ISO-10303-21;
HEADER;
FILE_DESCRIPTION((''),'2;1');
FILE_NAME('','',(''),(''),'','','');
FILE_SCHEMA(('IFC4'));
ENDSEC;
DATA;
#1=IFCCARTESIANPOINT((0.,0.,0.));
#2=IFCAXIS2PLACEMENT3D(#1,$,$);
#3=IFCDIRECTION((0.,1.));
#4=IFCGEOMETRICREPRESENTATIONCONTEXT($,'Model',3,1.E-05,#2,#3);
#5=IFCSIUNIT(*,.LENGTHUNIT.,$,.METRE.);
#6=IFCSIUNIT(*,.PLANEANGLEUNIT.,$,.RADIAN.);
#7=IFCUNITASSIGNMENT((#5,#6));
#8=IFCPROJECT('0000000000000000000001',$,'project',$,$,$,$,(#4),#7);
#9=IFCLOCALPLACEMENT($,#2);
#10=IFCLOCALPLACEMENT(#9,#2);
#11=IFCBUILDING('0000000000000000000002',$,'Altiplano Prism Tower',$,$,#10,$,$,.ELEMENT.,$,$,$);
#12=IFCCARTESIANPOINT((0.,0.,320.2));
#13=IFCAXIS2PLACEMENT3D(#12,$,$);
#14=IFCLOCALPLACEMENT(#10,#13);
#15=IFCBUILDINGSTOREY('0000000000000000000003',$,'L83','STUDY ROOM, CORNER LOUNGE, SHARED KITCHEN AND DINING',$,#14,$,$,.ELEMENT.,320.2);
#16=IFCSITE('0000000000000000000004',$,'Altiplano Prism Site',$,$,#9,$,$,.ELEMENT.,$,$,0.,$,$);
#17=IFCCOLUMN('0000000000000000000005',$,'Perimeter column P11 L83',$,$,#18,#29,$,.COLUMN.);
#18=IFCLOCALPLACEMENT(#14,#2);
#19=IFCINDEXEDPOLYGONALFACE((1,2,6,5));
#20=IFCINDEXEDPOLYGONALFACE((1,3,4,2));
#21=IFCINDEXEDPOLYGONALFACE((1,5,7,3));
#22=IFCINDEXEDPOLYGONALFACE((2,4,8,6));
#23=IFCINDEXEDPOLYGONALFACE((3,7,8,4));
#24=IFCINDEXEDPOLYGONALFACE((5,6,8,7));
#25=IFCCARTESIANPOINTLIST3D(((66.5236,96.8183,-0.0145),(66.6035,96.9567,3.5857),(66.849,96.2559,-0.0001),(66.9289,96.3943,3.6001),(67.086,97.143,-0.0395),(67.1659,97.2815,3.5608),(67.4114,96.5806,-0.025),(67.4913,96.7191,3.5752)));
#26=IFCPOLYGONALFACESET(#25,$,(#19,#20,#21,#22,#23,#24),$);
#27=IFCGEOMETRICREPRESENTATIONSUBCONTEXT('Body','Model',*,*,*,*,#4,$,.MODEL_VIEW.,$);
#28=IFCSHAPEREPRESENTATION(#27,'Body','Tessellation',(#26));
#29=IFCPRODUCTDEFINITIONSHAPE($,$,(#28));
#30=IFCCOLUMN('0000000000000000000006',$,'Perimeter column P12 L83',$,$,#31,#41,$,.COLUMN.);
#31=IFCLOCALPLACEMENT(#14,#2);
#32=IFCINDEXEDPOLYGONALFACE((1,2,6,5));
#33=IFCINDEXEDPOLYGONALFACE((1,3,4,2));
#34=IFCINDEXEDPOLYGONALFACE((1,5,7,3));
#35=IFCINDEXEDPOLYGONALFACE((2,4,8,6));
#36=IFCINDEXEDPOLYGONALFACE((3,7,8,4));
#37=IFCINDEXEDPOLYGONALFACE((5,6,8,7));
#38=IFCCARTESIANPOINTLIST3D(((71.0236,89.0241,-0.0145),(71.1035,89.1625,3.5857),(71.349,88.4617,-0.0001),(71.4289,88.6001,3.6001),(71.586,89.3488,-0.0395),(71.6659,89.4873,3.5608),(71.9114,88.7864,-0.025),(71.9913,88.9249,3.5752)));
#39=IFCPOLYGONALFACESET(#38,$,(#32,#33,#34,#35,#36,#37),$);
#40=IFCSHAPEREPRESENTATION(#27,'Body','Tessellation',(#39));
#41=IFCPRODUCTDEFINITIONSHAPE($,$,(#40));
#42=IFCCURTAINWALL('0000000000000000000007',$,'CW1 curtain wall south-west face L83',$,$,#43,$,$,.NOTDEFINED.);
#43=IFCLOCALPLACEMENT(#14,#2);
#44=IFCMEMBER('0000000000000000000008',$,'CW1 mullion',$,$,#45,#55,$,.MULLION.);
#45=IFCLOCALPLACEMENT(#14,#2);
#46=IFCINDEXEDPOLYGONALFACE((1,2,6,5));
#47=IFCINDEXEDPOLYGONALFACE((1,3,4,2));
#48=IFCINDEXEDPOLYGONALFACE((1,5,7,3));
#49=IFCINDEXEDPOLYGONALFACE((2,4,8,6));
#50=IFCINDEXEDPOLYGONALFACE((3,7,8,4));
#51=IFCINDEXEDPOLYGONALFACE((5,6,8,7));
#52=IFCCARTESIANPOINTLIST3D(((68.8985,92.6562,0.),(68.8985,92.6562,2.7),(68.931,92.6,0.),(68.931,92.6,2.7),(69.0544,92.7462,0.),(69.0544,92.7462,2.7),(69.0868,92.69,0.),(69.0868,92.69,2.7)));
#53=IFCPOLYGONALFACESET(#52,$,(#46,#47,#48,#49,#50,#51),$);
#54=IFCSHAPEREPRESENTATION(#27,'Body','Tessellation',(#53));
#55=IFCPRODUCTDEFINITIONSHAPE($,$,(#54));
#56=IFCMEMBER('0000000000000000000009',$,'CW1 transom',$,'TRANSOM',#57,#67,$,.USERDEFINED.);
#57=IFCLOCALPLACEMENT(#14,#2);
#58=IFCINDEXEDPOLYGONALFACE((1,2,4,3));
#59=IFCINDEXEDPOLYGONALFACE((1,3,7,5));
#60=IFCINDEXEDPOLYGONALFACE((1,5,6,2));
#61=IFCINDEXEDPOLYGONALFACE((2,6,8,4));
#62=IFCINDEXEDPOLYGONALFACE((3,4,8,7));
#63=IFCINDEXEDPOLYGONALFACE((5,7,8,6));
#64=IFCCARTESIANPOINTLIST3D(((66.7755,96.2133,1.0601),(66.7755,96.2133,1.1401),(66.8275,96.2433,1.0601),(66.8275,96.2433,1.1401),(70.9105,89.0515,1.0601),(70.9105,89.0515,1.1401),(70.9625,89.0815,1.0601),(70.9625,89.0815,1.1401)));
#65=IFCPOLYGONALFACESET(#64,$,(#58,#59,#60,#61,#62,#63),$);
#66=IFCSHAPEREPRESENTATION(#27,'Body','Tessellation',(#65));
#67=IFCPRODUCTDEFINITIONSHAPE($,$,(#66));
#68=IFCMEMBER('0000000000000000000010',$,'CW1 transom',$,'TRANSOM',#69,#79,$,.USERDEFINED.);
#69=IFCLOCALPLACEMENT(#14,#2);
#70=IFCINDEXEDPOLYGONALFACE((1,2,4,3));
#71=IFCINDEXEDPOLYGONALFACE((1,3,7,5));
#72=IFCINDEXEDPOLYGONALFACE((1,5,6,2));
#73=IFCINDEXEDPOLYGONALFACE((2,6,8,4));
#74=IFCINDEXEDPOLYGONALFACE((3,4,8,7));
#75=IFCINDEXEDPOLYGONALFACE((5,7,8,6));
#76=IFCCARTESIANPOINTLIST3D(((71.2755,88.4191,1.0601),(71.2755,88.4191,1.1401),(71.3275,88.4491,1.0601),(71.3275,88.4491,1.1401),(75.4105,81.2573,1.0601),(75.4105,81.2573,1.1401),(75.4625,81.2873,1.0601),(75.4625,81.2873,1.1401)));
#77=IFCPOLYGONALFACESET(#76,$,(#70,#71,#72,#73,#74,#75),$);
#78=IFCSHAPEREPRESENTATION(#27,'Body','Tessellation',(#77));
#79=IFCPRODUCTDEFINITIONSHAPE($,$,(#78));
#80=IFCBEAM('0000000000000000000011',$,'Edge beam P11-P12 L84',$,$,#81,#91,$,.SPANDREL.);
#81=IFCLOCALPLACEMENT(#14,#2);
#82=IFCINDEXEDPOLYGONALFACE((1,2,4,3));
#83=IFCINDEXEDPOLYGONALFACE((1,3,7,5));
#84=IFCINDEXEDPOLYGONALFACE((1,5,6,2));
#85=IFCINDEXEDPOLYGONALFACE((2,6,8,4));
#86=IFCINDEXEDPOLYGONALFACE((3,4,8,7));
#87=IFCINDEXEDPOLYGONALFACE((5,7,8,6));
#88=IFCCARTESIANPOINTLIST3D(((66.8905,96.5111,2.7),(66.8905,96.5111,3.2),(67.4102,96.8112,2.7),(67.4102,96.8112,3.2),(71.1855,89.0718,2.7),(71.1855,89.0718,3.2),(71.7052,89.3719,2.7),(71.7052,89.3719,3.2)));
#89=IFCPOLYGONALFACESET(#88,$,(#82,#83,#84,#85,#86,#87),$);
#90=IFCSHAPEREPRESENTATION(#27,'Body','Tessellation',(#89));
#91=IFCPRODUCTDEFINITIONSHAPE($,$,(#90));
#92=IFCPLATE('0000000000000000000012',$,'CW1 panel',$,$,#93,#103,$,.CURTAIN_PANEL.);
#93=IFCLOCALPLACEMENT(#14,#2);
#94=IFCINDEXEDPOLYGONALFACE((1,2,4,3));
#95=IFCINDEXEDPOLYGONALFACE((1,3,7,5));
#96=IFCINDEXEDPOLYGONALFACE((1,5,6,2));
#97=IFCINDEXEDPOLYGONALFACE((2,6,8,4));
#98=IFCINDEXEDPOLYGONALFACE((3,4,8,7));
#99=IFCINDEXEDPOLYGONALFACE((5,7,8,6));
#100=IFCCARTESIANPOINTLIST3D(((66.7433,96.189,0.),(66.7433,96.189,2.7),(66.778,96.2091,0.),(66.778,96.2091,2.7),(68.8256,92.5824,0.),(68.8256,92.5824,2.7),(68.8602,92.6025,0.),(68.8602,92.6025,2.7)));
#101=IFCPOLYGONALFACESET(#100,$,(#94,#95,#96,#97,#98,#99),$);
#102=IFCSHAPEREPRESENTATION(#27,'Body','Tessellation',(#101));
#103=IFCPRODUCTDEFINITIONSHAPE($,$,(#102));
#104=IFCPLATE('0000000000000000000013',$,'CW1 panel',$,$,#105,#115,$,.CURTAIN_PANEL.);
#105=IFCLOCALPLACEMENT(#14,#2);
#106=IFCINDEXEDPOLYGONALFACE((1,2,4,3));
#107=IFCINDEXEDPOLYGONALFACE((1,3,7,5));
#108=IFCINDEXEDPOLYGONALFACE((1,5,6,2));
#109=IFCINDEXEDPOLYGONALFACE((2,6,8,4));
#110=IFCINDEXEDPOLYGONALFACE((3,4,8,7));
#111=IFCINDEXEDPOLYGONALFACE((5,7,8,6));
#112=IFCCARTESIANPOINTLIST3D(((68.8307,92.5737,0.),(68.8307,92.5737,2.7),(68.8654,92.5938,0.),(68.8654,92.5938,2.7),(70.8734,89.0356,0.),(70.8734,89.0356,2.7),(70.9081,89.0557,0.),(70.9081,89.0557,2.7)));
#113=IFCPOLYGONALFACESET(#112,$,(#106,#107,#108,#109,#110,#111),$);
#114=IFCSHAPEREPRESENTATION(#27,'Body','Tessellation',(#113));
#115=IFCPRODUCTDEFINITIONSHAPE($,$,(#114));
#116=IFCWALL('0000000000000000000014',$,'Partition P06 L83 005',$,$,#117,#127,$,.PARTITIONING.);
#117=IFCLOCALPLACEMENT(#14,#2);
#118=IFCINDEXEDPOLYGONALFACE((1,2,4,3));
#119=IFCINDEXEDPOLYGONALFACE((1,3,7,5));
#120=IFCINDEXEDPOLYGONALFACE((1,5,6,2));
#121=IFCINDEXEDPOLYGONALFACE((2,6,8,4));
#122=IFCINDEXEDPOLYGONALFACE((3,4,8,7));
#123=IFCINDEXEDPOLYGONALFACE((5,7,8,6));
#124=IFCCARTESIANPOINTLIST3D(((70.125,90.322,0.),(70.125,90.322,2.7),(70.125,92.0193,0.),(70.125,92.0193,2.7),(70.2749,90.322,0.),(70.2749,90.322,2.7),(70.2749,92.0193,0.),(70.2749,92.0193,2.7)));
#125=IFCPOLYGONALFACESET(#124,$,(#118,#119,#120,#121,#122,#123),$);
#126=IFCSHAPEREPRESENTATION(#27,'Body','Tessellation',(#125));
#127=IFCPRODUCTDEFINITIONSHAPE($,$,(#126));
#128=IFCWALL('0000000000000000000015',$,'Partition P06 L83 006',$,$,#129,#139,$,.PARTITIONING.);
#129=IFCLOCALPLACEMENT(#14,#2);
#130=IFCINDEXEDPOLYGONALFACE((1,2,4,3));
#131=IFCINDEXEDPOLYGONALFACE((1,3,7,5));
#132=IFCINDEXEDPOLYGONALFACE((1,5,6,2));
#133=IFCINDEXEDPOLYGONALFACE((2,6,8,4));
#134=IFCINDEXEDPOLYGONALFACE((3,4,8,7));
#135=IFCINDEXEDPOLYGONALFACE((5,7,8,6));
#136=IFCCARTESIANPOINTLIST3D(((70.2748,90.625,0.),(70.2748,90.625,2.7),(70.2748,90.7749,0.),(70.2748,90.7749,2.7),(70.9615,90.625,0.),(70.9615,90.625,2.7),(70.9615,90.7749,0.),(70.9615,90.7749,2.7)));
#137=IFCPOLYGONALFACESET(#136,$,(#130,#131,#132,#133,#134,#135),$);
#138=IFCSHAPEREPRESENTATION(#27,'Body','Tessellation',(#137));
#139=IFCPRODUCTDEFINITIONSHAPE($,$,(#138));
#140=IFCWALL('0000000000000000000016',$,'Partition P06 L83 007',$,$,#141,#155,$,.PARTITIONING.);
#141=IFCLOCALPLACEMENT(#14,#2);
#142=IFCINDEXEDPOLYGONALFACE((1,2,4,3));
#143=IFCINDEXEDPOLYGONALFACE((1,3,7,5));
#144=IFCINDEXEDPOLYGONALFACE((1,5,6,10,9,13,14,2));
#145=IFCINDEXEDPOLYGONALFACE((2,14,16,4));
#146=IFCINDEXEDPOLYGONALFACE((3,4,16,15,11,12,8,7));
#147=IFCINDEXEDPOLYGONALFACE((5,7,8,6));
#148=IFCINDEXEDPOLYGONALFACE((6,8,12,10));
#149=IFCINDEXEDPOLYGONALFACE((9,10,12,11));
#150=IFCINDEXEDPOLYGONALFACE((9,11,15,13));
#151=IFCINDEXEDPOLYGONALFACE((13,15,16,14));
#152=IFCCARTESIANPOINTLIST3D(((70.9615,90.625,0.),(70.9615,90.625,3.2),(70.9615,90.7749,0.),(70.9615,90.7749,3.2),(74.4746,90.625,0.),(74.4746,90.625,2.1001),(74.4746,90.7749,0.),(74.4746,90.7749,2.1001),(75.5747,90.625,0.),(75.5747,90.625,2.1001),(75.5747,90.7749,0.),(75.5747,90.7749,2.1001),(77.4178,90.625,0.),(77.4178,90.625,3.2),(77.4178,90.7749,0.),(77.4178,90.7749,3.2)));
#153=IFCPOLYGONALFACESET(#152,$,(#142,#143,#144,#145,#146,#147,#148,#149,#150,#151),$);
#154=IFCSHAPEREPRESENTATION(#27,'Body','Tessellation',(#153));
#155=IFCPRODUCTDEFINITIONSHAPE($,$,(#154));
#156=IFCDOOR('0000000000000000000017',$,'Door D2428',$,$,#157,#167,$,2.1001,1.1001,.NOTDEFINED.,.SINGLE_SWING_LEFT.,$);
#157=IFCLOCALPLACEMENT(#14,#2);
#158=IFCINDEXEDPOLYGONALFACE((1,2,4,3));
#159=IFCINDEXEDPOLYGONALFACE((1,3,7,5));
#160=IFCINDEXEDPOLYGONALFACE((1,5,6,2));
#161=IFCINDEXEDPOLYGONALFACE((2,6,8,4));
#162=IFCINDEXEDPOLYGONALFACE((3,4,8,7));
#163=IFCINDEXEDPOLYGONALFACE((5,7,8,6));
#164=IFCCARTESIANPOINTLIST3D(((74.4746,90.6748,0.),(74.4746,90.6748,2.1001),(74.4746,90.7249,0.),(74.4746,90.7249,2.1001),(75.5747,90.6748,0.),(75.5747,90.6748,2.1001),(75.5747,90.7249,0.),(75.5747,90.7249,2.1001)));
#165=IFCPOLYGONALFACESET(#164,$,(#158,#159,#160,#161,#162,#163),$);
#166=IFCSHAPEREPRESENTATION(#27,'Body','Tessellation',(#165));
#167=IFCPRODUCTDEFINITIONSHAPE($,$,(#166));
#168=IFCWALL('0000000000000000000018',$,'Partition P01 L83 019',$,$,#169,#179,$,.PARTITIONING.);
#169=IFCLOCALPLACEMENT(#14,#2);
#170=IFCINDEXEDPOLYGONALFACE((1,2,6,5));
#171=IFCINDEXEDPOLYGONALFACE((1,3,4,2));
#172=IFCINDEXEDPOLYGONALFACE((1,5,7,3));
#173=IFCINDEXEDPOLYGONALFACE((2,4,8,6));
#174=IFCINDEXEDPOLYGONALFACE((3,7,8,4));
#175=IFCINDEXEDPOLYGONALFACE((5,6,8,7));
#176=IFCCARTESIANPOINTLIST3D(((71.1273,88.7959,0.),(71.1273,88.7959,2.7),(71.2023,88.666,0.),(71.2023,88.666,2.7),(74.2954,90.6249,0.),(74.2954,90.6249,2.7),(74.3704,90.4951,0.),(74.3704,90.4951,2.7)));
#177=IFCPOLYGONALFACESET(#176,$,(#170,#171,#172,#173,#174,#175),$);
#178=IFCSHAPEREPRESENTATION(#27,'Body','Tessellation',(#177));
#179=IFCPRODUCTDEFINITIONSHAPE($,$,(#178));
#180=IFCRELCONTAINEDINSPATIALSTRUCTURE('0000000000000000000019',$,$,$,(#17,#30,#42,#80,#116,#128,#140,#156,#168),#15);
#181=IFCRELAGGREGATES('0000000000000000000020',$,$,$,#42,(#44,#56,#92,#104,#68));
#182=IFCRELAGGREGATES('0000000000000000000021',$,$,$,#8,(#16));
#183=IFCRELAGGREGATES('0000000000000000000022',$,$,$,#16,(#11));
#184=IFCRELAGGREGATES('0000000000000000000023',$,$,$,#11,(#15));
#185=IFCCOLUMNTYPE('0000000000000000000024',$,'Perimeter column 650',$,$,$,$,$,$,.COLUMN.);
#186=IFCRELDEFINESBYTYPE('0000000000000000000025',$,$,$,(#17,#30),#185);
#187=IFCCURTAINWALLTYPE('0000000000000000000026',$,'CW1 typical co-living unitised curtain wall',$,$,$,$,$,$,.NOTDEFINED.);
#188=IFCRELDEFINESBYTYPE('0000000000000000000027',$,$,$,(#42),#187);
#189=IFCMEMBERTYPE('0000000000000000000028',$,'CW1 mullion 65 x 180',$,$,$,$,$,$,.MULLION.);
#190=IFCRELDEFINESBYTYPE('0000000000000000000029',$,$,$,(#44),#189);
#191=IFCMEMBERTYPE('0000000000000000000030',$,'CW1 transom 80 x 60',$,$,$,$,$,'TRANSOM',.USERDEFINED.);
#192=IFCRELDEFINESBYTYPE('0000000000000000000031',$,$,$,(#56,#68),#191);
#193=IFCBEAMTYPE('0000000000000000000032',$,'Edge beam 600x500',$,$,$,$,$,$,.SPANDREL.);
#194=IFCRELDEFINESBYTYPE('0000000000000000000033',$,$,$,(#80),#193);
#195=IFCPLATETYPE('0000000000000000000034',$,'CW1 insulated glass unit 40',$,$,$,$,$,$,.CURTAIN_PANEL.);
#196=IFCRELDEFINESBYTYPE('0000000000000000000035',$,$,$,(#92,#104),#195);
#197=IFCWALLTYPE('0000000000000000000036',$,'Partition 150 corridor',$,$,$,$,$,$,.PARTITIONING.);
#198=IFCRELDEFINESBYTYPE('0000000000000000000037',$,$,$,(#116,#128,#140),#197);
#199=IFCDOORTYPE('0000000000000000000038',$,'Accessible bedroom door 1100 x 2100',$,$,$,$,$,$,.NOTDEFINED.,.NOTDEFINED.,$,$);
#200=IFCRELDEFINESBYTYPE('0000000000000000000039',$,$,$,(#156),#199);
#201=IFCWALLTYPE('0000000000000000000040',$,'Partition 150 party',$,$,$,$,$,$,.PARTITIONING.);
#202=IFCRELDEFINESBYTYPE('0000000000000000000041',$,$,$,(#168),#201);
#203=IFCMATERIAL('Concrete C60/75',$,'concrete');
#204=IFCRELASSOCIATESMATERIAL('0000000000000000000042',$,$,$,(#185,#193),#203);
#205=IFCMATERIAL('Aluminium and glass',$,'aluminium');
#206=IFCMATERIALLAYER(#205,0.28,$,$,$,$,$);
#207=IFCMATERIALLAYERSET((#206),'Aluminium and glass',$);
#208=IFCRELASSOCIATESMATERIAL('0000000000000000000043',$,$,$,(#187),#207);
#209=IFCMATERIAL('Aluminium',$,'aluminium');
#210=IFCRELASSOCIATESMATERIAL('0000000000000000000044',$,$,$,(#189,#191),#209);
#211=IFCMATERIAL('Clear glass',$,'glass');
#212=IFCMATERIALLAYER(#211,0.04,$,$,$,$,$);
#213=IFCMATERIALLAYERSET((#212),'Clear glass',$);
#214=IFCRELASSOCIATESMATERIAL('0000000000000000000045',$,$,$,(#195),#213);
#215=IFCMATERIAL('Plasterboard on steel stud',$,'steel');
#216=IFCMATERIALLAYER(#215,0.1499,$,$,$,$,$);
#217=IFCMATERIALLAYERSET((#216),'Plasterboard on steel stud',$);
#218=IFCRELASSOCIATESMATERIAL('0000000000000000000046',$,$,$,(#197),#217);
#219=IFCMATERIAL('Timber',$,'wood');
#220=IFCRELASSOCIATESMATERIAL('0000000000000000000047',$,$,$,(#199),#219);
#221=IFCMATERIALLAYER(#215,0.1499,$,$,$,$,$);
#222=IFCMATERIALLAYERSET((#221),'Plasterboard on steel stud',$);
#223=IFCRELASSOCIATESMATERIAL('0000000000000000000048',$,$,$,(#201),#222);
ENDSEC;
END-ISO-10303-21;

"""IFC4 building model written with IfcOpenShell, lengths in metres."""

from ifc_helpers import new_model, si_unit, direction, frame, frame_2d, origin, origin_2d, place, context, subcontext, project, spatial, rectangle, extrude, material, layer, layer_set, material_profile, profile_set, type_object, element, fill, aggregate, save


model = new_model("IFC4")

# Units and contexts
model_context = context("Model", 3, precision=1e-05, world=origin(), true_north=direction((0.0, 1.0)))
body_context = subcontext(model_context, "Body", "Model", "MODEL_VIEW")
ifc_project = project(units=[si_unit("LENGTHUNIT", "METRE"), si_unit("PLANEANGLEUNIT", "RADIAN")], contexts=[model_context])

# Site, building, storey
site_placement = place(None, origin())
site = spatial("IfcSite", under=ifc_project, at=site_placement, Name="Altiplano Prism Site", CompositionType="ELEMENT", RefElevation=0.0)
building_placement = place(site_placement, origin())
building = spatial("IfcBuilding", under=site, at=building_placement, Name="Altiplano Prism Tower", CompositionType="ELEMENT")
storey_placement = place(building_placement, frame((0.0, 0.0, 320.2)))
storey = spatial("IfcBuildingStorey", under=building, at=storey_placement, Name="L83", Description="STUDY ROOM, CORNER LOUNGE, SHARED KITCHEN AND DINING", CompositionType="ELEMENT", Elevation=320.2)

# Columns
ifc_material_1 = material(Name="Concrete C60/75", Category="concrete")
ifc_material_profile_1 = material_profile(ifc_material_1, rectangle(XDim=0.6499, YDim=0.6499, at=origin_2d()), Name="Perimeter column 650")
ifc_profile_set_1 = profile_set([ifc_material_profile_1], Name="Concrete C60/75")
column_type = type_object("IfcColumnType", Name="Perimeter column 650", PredefinedType="COLUMN", material=ifc_profile_set_1)
for number, where, z_axis, x_axis, name in (
    (1, (66.9675, 96.6995, -0.0198), (0.022154, 0.038413, 0.999016), (-0.865362, -0.499674, 0.038403), "Perimeter column P11 L83"),
    (2, (71.4675, 88.9053, -0.0198), (0.022154, 0.038413, 0.999016), (-0.865362, -0.499674, 0.038403), "Perimeter column P12 L83"),
):
    element("IfcColumn", number, at=place(storey_placement, frame(where, z_axis=z_axis, x_axis=x_axis)), inside=storey, type_object=column_type, Name=name, PredefinedType="COLUMN", context=body_context, shape_type="SweptSolid", body=[
        extrude(rectangle(XDim=0.6499, YDim=0.6499, at=origin_2d()), origin(), (0.0, 0.0, 1.0), 3.6038),
    ])

# Curtain wall, members
ifc_material_2 = material(Name="Aluminium and glass", Category="aluminium")
ifc_layer_1 = layer(ifc_material_2, 0.28)
ifc_layer_set_1 = layer_set([ifc_layer_1], Name="Aluminium and glass")
curtain_wall_type = type_object("IfcCurtainWallType", Name="CW1 typical co-living unitised curtain wall", PredefinedType="NOTDEFINED", material=ifc_layer_set_1)
curtain_wall_placement = place(storey_placement, origin())
curtain_wall = element("IfcCurtainWall", 3, at=curtain_wall_placement, inside=storey, type_object=curtain_wall_type, Name="CW1 curtain wall south-west face L83", PredefinedType="NOTDEFINED")
ifc_material_3 = material(Name="Aluminium", Category="aluminium")
ifc_material_profile_2 = material_profile(ifc_material_3, rectangle(XDim=0.1799, YDim=0.0649, at=origin_2d()), Name="CW1 mullion 65 x 180")
ifc_profile_set_2 = profile_set([ifc_material_profile_2], Name="Aluminium")
member_type_1 = type_object("IfcMemberType", Name="CW1 mullion 65 x 180", PredefinedType="MULLION", material=ifc_profile_set_2)
member_1_placement = place(storey_placement, frame((68.9927, 92.6731, 0.0), z_axis=(0.0, 0.0, 1.0), x_axis=(0.866025, 0.5, 0.0)))
member_1 = element("IfcMember", 4, at=member_1_placement, type_object=member_type_1, Name="CW1 mullion", PredefinedType="MULLION", context=body_context, shape_type="SweptSolid", body=[
    extrude(rectangle(XDim=0.1799, YDim=0.0649, at=origin_2d()), origin(), (0.0, 0.0, 1.0), 2.7),
])
ifc_material_profile_3 = material_profile(ifc_material_3, rectangle(XDim=0.0601, YDim=0.0801, at=origin_2d()), Name="CW1 transom 80 x 60")
ifc_profile_set_3 = profile_set([ifc_material_profile_3], Name="Aluminium")
member_type_2 = type_object("IfcMemberType", Name="CW1 transom 80 x 60", ElementType="TRANSOM", PredefinedType="USERDEFINED", material=ifc_profile_set_3)
member_2_placement = place(storey_placement, frame((66.8015, 96.2283, 1.1001), z_axis=(0.50001, -0.86602, 0.0), x_axis=(0.86602, 0.50001, 0.0)))
member_2 = element("IfcMember", 5, at=member_2_placement, type_object=member_type_2, Name="CW1 transom", ObjectType="TRANSOM", PredefinedType="USERDEFINED", context=body_context, shape_type="SweptSolid", body=[
    extrude(rectangle(XDim=0.0601, YDim=0.0801, at=origin_2d()), origin(), (0.0, 0.0, 1.0), 8.2698),
])
member_3_placement = place(storey_placement, frame((71.3015, 88.4341, 1.1001), z_axis=(0.50001, -0.86602, 0.0), x_axis=(0.86602, 0.50001, 0.0)))
member_3 = element("IfcMember", 6, at=member_3_placement, type_object=member_type_2, Name="CW1 transom", ObjectType="TRANSOM", PredefinedType="USERDEFINED", context=body_context, shape_type="SweptSolid", body=[
    extrude(rectangle(XDim=0.0601, YDim=0.0801, at=origin_2d()), origin(), (0.0, 0.0, 1.0), 8.2698),
])

# Beam
ifc_material_profile_4 = material_profile(ifc_material_1, rectangle(XDim=0.6001, YDim=0.5, at=origin_2d()), Name="Edge beam 600x500")
ifc_profile_set_4 = profile_set([ifc_material_profile_4], Name="Concrete C60/75")
beam_type = type_object("IfcBeamType", Name="Edge beam 600x500", PredefinedType="SPANDREL", material=ifc_profile_set_4)
beam_placement = place(storey_placement, frame((67.1504, 96.6611, 2.95), z_axis=(0.499991, -0.866031, 0.0), x_axis=(0.866031, 0.499991, 0.0)))
element("IfcBeam", 7, at=beam_placement, inside=storey, type_object=beam_type, Name="Edge beam P11-P12 L84", PredefinedType="SPANDREL", context=body_context, shape_type="SweptSolid", body=[
    extrude(rectangle(XDim=0.6001, YDim=0.5, at=origin_2d()), origin(), (0.0, 0.0, 1.0), 8.5901),
])

# Plates
ifc_material_4 = material(Name="Clear glass", Category="glass")
ifc_layer_2 = layer(ifc_material_4, 0.04)
ifc_layer_set_2 = layer_set([ifc_layer_2], Name="Clear glass")
plate_type = type_object("IfcPlateType", Name="CW1 insulated glass unit 40", PredefinedType="CURTAIN_PANEL", material=ifc_layer_set_2)
plate_1_placement = place(storey_placement, frame((67.8018, 94.3958, 0.0), z_axis=(0.0, 0.0, 1.0), x_axis=(0.5, -0.866025, 0.0)))
plate_1 = element("IfcPlate", 8, at=plate_1_placement, type_object=plate_type, Name="CW1 panel", PredefinedType="CURTAIN_PANEL", context=body_context, shape_type="SweptSolid", body=[
    extrude(rectangle(XDim=4.1646, YDim=0.04, at=origin_2d()), origin(), (0.0, 0.0, 1.0), 2.7),
])
plate_2_placement = place(storey_placement, frame((69.8694, 90.8147, 0.0), z_axis=(0.0, 0.0, 1.0), x_axis=(0.5, -0.866025, 0.0)))
plate_2 = element("IfcPlate", 9, at=plate_2_placement, type_object=plate_type, Name="CW1 panel", PredefinedType="CURTAIN_PANEL", context=body_context, shape_type="SweptSolid", body=[
    extrude(rectangle(XDim=4.0854, YDim=0.04, at=origin_2d()), origin(), (0.0, 0.0, 1.0), 2.7),
])
aggregate(curtain_wall, [member_1, member_2, plate_1, plate_2, member_3])

# Walls
ifc_material_5 = material(Name="Plasterboard on steel stud", Category="steel")
ifc_layer_3 = layer(ifc_material_5, 0.1499)
ifc_layer_set_3 = layer_set([ifc_layer_3], Name="Plasterboard on steel stud")
wall_type_1 = type_object("IfcWallType", Name="Partition 150 corridor", PredefinedType="PARTITIONING", material=ifc_layer_set_3)
wall_1_placement = place(storey_placement, frame((70.2, 92.0193, 0.0), z_axis=(0.0, 0.0, 1.0), x_axis=(0.0, -1.0, 0.0)))
element("IfcWall", 10, at=wall_1_placement, inside=storey, type_object=wall_type_1, Name="Partition P06 L83 005", PredefinedType="PARTITIONING", context=body_context, shape_type="SweptSolid", body=[
    extrude(rectangle(XDim=1.6973, YDim=0.1499, at=frame_2d((0.8486, 0.0))), origin(), (0.0, 0.0, 1.0), 2.7),
])
wall_2_placement = place(storey_placement, frame((70.2749, 90.7, 0.0), z_axis=(0.0, 0.0, 1.0), x_axis=(1.0, 0.0, 0.0)))
element("IfcWall", 11, at=wall_2_placement, inside=storey, type_object=wall_type_1, Name="Partition P06 L83 006", PredefinedType="PARTITIONING", context=body_context, shape_type="SweptSolid", body=[
    extrude(rectangle(XDim=0.6868, YDim=0.1499, at=frame_2d((0.3433, 0.0))), origin(), (0.0, 0.0, 1.0), 2.7),
])

# Wall, opening, door
wall_3_placement = place(storey_placement, frame((70.9617, 90.7, 0.0), z_axis=(0.0, 0.0, 1.0), x_axis=(1.0, 0.0, 0.0)))
wall_3 = element("IfcWall", 12, at=wall_3_placement, inside=storey, type_object=wall_type_1, Name="Partition P06 L83 007", PredefinedType="PARTITIONING", context=body_context, shape_type="SweptSolid", body=[
    extrude(rectangle(XDim=6.4563, YDim=0.1499, at=frame_2d((3.228, 0.0))), origin(), (0.0, 0.0, 1.0), 3.2),
])
opening_placement = place(wall_3_placement, frame((3.5129, 0.0, 0.0)))
opening = element("IfcOpeningElement", 13, at=opening_placement, cuts=wall_3, PredefinedType="OPENING", context=body_context, shape_type="SweptSolid", body=[
    extrude(rectangle(XDim=1.1001, YDim=2.1001, at=frame_2d((0.55, 1.05))), frame((0.0, 0.0854, 0.0), z_axis=(0.0, -1.0, 0.0), x_axis=(1.0, 0.0, 0.0)), (0.0, 0.0, 1.0), 0.1709),
])
ifc_material_6 = material(Name="Timber", Category="wood")
door_type = type_object("IfcDoorType", Name="Accessible bedroom door 1100 x 2100", OperationType="NOTDEFINED", PredefinedType="NOTDEFINED", material=ifc_material_6)
door_placement = place(opening_placement, origin())
door = element("IfcDoor", 14, at=door_placement, inside=storey, type_object=door_type, Name="Door D2428", OperationType="SINGLE_SWING_LEFT", OverallHeight=2.1001, OverallWidth=1.1001, PredefinedType="NOTDEFINED", context=body_context, shape_type="SweptSolid", body=[
    extrude(rectangle(XDim=1.1001, YDim=2.1001, at=frame_2d((0.55, 1.05))), frame((0.0, 0.0249, 0.0), z_axis=(0.0, -1.0, 0.0), x_axis=(1.0, 0.0, 0.0)), (0.0, 0.0, 1.0), 0.05),
])
fill(opening, door)

# Wall
ifc_layer_4 = layer(ifc_material_5, 0.1499)
ifc_layer_set_4 = layer_set([ifc_layer_4], Name="Plasterboard on steel stud")
wall_type_2 = type_object("IfcWallType", Name="Partition 150 party", PredefinedType="PARTITIONING", material=ifc_layer_set_4)
wall_4_placement = place(storey_placement, frame((71.1648, 88.731, 0.0), z_axis=(0.0, 0.0, 1.0), x_axis=(0.866033, 0.499986, 0.0)))
element("IfcWall", 15, at=wall_4_placement, inside=storey, type_object=wall_type_2, Name="Partition P01 L83 019", PredefinedType="PARTITIONING", context=body_context, shape_type="SweptSolid", body=[
    extrude(rectangle(XDim=3.6582, YDim=0.1499, at=frame_2d((1.8291, 0.0))), origin(), (0.0, 0.0, 1.0), 2.7),
])

save(model, "model.ifc")
